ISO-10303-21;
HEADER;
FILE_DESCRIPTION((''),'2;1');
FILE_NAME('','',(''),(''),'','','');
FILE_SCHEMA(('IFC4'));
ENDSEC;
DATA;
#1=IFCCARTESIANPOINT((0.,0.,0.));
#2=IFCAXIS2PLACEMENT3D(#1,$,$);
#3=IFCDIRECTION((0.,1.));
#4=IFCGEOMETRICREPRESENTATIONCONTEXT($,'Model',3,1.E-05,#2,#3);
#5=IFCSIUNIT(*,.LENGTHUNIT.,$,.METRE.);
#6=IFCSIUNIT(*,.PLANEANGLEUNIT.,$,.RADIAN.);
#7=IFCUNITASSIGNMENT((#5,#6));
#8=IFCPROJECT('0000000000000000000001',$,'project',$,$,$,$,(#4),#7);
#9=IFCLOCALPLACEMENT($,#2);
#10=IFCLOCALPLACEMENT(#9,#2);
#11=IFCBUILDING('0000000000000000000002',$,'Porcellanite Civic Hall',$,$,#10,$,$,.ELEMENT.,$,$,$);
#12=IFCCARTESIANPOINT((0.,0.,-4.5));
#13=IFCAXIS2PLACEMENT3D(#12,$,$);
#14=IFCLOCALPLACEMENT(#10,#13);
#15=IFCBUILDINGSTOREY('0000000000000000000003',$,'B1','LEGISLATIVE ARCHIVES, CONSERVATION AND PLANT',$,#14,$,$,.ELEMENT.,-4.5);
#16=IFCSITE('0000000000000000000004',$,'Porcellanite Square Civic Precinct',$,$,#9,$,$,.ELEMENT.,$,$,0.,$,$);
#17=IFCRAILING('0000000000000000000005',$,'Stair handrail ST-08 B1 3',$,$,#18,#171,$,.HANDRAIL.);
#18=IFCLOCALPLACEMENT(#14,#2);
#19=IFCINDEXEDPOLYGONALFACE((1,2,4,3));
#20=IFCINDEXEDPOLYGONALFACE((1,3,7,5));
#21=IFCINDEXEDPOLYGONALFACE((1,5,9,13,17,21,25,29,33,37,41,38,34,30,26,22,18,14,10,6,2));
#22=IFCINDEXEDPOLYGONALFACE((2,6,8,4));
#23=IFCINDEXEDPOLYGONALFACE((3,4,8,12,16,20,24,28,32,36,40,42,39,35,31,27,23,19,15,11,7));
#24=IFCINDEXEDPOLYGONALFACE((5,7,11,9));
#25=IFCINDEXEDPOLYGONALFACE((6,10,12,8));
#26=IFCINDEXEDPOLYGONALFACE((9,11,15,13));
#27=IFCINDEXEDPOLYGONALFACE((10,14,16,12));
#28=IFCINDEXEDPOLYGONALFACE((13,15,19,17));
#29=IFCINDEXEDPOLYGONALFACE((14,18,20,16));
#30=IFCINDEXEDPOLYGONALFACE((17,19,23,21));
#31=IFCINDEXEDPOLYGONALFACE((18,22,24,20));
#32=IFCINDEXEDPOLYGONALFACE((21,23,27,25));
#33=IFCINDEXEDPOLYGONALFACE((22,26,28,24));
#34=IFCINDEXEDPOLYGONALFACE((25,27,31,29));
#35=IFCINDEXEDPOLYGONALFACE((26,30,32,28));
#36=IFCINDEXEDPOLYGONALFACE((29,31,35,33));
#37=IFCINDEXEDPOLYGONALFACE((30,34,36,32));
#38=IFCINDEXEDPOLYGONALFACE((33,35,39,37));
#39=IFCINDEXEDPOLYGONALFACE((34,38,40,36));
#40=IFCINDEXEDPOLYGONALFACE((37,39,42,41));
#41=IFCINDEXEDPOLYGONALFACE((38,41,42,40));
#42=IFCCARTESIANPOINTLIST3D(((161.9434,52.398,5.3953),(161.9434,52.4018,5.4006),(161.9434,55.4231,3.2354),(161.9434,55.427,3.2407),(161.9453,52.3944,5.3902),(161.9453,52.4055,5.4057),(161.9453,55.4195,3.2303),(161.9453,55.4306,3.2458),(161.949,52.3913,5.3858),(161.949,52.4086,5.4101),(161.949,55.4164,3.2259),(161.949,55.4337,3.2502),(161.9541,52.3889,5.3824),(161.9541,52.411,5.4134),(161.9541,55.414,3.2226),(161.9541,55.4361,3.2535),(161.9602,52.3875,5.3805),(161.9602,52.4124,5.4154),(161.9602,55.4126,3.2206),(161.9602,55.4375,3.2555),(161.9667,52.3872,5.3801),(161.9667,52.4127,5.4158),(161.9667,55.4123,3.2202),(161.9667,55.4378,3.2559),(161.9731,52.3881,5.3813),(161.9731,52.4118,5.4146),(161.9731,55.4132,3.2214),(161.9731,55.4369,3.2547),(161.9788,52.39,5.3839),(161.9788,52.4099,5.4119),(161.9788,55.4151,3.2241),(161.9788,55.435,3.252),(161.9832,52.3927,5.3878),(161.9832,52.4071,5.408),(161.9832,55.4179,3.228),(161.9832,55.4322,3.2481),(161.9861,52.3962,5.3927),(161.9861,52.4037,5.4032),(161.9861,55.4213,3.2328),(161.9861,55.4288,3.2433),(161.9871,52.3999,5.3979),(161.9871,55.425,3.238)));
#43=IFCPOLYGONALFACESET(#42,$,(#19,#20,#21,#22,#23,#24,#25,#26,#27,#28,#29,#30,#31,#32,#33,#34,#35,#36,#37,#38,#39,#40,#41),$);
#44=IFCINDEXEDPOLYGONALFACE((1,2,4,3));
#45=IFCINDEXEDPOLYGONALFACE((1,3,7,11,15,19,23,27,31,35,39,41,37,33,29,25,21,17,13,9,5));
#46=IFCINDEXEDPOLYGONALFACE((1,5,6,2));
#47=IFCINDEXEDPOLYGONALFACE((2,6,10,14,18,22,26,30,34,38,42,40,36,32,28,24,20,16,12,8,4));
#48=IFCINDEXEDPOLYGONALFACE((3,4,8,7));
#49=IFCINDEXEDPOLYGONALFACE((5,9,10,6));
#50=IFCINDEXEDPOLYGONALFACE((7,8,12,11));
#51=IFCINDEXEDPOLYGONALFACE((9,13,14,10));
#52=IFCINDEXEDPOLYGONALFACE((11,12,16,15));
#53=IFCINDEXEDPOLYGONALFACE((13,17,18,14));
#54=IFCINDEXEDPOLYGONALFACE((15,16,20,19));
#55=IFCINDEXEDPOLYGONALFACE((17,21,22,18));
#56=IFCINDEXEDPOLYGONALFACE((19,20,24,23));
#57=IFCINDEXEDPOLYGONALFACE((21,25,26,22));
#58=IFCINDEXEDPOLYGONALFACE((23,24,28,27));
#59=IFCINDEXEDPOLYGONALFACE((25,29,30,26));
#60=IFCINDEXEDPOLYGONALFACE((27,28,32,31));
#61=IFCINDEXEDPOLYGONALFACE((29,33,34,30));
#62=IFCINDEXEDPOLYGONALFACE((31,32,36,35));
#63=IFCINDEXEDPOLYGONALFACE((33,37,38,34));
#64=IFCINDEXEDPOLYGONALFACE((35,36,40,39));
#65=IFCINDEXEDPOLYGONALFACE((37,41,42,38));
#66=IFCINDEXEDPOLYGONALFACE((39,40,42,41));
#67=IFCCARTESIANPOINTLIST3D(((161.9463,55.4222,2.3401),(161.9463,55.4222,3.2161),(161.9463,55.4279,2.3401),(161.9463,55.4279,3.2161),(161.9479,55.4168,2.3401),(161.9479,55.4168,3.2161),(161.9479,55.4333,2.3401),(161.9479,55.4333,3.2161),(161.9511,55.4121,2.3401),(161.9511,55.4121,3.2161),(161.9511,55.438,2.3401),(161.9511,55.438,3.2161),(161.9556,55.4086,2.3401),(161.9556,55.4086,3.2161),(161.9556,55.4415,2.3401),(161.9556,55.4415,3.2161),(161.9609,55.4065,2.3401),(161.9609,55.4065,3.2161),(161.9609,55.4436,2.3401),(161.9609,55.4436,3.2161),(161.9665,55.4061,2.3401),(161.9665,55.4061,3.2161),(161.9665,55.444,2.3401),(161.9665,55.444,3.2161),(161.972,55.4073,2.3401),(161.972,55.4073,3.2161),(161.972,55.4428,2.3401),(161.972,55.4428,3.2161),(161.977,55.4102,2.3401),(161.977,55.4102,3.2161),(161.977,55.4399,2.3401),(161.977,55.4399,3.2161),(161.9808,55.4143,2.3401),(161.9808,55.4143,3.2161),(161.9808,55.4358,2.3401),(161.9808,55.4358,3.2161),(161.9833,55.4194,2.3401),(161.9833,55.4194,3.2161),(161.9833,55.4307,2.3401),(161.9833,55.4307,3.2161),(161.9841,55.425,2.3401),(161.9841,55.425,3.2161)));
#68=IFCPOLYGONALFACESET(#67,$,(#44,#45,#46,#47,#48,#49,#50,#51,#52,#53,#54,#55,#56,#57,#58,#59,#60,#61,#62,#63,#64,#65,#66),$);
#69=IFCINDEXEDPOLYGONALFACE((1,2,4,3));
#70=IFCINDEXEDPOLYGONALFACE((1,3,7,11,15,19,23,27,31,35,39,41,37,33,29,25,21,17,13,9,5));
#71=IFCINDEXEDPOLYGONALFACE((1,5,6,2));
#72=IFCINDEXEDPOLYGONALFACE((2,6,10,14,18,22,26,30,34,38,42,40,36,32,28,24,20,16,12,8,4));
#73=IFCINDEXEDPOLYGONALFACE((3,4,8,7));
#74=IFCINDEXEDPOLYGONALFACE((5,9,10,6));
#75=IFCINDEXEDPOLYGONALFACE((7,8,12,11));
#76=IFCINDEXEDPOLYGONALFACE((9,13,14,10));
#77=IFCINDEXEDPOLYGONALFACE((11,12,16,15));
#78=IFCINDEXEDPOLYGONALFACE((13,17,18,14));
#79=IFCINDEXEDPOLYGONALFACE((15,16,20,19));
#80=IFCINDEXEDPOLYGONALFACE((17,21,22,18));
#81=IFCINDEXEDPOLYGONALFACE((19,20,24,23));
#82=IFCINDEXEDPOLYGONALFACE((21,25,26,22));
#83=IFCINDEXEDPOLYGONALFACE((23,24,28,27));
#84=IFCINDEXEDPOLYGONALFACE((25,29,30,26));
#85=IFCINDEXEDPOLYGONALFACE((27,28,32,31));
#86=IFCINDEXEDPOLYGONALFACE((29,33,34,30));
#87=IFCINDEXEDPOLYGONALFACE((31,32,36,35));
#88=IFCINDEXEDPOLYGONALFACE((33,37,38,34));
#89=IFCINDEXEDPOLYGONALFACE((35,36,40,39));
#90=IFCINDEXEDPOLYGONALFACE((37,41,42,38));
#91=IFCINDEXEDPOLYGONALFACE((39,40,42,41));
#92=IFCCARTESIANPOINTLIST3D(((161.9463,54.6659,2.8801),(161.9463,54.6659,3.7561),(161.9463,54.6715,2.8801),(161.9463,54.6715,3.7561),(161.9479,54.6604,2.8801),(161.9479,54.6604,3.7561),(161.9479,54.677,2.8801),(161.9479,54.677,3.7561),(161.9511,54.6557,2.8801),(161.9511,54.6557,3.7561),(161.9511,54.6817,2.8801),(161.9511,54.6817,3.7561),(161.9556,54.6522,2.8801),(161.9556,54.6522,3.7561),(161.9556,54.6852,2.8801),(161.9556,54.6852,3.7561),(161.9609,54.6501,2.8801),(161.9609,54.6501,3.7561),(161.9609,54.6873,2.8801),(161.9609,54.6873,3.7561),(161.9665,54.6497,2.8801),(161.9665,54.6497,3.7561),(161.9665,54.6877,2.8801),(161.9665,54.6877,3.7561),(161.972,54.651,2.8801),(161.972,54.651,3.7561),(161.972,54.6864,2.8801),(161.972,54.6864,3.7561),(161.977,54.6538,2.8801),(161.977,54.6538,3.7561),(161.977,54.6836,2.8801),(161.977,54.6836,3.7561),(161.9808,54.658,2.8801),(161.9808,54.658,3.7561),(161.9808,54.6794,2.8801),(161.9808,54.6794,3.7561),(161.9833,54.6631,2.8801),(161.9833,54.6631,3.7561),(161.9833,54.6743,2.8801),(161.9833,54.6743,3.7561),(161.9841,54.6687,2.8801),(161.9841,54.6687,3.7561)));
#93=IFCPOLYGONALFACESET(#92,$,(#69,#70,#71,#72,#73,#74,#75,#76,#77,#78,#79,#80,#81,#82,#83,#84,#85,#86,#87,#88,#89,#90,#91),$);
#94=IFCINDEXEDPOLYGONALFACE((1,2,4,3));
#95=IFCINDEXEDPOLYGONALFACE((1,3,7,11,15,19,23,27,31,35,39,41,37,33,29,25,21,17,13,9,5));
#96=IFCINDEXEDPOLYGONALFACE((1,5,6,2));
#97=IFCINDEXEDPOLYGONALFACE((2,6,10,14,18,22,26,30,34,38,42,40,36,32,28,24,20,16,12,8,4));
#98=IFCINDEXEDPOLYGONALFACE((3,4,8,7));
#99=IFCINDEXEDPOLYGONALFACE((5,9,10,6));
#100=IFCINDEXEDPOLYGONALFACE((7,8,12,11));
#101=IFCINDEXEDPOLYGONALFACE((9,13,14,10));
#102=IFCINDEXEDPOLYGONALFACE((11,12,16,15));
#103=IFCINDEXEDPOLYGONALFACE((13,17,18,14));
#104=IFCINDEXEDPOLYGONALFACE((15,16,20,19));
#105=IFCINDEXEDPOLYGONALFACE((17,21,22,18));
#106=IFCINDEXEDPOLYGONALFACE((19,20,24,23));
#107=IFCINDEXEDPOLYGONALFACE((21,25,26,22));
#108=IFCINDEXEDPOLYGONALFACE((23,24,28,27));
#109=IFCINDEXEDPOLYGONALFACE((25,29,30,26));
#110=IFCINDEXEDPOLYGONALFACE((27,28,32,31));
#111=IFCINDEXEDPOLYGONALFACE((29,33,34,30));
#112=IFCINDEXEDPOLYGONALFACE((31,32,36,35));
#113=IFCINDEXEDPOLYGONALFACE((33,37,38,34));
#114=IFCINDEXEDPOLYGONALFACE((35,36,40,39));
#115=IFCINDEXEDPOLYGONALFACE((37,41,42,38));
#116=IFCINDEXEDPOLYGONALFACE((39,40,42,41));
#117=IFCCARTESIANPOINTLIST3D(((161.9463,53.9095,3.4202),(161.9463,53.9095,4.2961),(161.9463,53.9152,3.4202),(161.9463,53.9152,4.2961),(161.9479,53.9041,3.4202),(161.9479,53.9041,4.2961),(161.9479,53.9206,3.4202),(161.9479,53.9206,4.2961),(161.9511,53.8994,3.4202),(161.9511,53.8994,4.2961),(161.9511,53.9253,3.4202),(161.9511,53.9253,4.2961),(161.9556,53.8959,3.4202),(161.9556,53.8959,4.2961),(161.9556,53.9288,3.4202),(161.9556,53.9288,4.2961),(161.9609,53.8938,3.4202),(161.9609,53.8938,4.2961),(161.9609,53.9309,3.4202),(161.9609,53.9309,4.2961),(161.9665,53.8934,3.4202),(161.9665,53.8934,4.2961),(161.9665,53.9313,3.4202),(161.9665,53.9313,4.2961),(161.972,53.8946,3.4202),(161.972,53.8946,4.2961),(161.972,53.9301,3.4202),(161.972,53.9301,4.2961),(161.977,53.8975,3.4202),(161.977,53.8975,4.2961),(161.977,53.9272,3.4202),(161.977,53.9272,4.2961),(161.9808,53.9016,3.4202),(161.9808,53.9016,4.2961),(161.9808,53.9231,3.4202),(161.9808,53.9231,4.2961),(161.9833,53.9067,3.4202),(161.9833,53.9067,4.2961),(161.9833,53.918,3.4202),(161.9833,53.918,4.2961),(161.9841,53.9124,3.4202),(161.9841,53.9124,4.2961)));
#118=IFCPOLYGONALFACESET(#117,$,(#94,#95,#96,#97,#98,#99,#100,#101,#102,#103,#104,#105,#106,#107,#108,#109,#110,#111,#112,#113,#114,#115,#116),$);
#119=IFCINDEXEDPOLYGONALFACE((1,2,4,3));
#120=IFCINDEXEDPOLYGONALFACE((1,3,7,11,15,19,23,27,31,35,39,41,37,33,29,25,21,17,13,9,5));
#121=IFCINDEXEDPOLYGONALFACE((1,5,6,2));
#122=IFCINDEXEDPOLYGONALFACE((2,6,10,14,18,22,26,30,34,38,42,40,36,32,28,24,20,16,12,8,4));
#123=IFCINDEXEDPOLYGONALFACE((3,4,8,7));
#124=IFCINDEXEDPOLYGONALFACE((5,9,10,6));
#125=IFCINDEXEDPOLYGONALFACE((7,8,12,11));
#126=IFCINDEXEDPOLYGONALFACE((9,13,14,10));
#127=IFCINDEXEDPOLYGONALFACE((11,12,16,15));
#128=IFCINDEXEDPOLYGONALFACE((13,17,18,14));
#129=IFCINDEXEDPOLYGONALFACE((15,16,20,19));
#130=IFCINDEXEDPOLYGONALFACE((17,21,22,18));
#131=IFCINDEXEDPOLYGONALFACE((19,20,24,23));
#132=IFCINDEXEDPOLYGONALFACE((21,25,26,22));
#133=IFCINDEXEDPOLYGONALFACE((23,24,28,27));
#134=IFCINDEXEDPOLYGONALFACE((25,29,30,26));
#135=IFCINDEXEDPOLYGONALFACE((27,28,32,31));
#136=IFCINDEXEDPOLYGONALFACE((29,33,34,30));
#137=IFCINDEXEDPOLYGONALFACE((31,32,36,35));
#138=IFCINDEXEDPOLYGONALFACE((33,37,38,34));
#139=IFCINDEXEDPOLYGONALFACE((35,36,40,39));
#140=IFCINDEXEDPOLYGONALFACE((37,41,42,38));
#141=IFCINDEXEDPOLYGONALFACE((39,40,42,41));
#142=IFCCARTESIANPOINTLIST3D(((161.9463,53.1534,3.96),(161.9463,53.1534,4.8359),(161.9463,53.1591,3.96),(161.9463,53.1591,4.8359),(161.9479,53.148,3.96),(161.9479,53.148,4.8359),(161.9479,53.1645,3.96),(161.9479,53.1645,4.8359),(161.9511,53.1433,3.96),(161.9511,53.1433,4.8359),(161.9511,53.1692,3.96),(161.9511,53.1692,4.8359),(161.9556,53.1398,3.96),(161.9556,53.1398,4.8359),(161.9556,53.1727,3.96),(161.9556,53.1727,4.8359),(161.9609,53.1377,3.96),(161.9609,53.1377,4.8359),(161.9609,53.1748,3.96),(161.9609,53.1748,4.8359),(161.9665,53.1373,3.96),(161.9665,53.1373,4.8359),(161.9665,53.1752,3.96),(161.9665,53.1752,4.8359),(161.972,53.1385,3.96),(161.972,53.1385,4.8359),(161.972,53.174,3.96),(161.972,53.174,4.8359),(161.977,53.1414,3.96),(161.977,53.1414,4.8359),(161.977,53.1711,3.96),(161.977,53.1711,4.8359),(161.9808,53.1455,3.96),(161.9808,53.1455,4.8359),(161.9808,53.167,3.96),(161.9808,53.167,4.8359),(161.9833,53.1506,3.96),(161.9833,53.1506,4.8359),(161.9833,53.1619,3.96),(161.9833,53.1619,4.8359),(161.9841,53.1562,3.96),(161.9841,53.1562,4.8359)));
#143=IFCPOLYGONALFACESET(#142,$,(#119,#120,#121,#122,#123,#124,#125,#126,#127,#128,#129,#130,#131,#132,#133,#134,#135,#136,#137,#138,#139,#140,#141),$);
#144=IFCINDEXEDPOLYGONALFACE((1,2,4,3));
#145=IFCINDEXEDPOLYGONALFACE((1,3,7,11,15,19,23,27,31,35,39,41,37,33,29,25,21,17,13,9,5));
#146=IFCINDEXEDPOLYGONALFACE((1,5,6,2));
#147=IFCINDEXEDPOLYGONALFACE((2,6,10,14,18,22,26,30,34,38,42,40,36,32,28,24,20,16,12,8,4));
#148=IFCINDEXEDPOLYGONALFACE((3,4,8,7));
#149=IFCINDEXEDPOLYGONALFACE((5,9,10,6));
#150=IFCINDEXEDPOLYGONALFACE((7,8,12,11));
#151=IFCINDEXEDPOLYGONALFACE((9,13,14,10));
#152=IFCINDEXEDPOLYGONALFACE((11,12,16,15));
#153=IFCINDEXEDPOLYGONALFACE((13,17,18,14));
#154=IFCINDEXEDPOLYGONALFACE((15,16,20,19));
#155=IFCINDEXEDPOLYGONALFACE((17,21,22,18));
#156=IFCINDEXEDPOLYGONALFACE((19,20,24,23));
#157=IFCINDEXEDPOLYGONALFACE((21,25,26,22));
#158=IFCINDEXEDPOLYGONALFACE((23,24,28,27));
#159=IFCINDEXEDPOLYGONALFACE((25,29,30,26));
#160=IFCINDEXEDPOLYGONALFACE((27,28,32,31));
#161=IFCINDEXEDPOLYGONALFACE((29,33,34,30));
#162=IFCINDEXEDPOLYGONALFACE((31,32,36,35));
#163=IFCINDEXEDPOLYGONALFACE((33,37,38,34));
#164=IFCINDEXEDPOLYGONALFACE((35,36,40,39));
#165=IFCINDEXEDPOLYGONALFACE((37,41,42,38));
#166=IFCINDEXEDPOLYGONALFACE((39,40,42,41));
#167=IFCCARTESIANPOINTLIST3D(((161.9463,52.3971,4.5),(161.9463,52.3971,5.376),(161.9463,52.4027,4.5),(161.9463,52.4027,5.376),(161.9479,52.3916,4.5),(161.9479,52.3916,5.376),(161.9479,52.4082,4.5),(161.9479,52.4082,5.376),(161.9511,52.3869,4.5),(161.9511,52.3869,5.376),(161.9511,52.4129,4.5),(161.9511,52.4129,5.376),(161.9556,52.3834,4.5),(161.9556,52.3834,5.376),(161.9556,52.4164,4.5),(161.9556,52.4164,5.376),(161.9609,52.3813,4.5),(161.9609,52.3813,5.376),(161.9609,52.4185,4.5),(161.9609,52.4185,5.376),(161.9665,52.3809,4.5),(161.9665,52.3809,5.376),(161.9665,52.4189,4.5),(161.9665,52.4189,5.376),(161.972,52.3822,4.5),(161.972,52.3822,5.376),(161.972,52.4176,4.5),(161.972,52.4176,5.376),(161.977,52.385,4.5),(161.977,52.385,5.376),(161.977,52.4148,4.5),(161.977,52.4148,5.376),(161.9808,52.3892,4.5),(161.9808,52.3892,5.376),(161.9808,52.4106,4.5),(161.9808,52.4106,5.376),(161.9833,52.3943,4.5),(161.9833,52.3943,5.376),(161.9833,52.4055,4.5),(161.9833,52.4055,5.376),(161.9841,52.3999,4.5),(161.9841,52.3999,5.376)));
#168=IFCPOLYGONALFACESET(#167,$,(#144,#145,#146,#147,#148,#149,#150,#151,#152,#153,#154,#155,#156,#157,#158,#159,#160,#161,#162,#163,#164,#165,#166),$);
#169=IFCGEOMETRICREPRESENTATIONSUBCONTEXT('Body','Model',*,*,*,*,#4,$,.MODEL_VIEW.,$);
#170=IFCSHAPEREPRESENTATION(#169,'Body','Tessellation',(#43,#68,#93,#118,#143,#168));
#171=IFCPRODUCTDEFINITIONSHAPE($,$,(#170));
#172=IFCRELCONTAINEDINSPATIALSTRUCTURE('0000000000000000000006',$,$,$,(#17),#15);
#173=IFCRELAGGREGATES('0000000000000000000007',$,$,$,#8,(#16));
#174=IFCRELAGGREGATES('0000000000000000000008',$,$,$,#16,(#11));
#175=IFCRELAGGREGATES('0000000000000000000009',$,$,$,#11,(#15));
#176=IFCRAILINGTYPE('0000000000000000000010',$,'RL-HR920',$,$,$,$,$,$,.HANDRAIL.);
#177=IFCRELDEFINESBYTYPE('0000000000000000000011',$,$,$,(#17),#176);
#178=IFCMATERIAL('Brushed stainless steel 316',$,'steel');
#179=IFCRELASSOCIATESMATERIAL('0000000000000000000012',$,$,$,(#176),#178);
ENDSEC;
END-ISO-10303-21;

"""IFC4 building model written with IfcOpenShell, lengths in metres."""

from ifc_helpers import new_model, si_unit, direction, frame, origin, origin_2d, place, context, subcontext, project, spatial, circle, extrude, material, type_object, element, save


model = new_model("IFC4")

# Units and contexts
model_context = context("Model", 3, precision=1e-05, world=origin(), true_north=direction((0.0, 1.0)))
body_context = subcontext(model_context, "Body", "Model", "MODEL_VIEW")
ifc_project = project(units=[si_unit("LENGTHUNIT", "METRE"), si_unit("PLANEANGLEUNIT", "RADIAN")], contexts=[model_context])

# Site, building, storey
site_placement = place(None, origin())
site = spatial("IfcSite", under=ifc_project, at=site_placement, Name="Porcellanite Square Civic Precinct", CompositionType="ELEMENT", RefElevation=0.0)
building_placement = place(site_placement, origin())
building = spatial("IfcBuilding", under=site, at=building_placement, Name="Porcellanite Civic Hall", CompositionType="ELEMENT")
storey_placement = place(building_placement, frame((0.0, 0.0, -4.5)))
storey = spatial("IfcBuildingStorey", under=building, at=storey_placement, Name="B1", Description="LEGISLATIVE ARCHIVES, CONSERVATION AND PLANT", CompositionType="ELEMENT", Elevation=-4.5)

# Railing
ifc_material_1 = material(Name="Brushed stainless steel 316", Category="steel")
railing_type_1 = type_object("IfcRailingType", Name="RL-HR920", PredefinedType="HANDRAIL", material=ifc_material_1)
railing_1_placement = place(storey_placement, frame((161.9651, 55.425, 2.3401)))
element("IfcRailing", 1, at=railing_1_placement, inside=storey, type_object=railing_type_1, Name="Stair handrail ST-08 B1 3", PredefinedType="HANDRAIL", context=body_context, shape_type="SweptSolid", body=[
    extrude(circle(Radius=0.022, at=origin_2d()), frame((0.0, 0.0, 0.8979), z_axis=(0.0, -0.813849, 0.581077), x_axis=(1.0, 0.0, 0.0)), (0.0, 0.0, 1.0), 3.717),
    extrude(circle(Radius=0.019, at=origin_2d()), origin(), (0.0, 0.0, 1.0), 0.876),
    extrude(circle(Radius=0.019, at=origin_2d()), frame((0.0, -0.7563, 0.54)), (0.0, 0.0, 1.0), 0.876),
    extrude(circle(Radius=0.019, at=origin_2d()), frame((0.0, -1.5127, 1.0801)), (0.0, 0.0, 1.0), 0.876),
    extrude(circle(Radius=0.019, at=origin_2d()), frame((0.0, -2.2688, 1.6199)), (0.0, 0.0, 1.0), 0.876),
    extrude(circle(Radius=0.019, at=origin_2d()), frame((0.0, -3.0251, 2.1599)), (0.0, 0.0, 1.0), 0.876),
])

save(model, "model.ifc")
